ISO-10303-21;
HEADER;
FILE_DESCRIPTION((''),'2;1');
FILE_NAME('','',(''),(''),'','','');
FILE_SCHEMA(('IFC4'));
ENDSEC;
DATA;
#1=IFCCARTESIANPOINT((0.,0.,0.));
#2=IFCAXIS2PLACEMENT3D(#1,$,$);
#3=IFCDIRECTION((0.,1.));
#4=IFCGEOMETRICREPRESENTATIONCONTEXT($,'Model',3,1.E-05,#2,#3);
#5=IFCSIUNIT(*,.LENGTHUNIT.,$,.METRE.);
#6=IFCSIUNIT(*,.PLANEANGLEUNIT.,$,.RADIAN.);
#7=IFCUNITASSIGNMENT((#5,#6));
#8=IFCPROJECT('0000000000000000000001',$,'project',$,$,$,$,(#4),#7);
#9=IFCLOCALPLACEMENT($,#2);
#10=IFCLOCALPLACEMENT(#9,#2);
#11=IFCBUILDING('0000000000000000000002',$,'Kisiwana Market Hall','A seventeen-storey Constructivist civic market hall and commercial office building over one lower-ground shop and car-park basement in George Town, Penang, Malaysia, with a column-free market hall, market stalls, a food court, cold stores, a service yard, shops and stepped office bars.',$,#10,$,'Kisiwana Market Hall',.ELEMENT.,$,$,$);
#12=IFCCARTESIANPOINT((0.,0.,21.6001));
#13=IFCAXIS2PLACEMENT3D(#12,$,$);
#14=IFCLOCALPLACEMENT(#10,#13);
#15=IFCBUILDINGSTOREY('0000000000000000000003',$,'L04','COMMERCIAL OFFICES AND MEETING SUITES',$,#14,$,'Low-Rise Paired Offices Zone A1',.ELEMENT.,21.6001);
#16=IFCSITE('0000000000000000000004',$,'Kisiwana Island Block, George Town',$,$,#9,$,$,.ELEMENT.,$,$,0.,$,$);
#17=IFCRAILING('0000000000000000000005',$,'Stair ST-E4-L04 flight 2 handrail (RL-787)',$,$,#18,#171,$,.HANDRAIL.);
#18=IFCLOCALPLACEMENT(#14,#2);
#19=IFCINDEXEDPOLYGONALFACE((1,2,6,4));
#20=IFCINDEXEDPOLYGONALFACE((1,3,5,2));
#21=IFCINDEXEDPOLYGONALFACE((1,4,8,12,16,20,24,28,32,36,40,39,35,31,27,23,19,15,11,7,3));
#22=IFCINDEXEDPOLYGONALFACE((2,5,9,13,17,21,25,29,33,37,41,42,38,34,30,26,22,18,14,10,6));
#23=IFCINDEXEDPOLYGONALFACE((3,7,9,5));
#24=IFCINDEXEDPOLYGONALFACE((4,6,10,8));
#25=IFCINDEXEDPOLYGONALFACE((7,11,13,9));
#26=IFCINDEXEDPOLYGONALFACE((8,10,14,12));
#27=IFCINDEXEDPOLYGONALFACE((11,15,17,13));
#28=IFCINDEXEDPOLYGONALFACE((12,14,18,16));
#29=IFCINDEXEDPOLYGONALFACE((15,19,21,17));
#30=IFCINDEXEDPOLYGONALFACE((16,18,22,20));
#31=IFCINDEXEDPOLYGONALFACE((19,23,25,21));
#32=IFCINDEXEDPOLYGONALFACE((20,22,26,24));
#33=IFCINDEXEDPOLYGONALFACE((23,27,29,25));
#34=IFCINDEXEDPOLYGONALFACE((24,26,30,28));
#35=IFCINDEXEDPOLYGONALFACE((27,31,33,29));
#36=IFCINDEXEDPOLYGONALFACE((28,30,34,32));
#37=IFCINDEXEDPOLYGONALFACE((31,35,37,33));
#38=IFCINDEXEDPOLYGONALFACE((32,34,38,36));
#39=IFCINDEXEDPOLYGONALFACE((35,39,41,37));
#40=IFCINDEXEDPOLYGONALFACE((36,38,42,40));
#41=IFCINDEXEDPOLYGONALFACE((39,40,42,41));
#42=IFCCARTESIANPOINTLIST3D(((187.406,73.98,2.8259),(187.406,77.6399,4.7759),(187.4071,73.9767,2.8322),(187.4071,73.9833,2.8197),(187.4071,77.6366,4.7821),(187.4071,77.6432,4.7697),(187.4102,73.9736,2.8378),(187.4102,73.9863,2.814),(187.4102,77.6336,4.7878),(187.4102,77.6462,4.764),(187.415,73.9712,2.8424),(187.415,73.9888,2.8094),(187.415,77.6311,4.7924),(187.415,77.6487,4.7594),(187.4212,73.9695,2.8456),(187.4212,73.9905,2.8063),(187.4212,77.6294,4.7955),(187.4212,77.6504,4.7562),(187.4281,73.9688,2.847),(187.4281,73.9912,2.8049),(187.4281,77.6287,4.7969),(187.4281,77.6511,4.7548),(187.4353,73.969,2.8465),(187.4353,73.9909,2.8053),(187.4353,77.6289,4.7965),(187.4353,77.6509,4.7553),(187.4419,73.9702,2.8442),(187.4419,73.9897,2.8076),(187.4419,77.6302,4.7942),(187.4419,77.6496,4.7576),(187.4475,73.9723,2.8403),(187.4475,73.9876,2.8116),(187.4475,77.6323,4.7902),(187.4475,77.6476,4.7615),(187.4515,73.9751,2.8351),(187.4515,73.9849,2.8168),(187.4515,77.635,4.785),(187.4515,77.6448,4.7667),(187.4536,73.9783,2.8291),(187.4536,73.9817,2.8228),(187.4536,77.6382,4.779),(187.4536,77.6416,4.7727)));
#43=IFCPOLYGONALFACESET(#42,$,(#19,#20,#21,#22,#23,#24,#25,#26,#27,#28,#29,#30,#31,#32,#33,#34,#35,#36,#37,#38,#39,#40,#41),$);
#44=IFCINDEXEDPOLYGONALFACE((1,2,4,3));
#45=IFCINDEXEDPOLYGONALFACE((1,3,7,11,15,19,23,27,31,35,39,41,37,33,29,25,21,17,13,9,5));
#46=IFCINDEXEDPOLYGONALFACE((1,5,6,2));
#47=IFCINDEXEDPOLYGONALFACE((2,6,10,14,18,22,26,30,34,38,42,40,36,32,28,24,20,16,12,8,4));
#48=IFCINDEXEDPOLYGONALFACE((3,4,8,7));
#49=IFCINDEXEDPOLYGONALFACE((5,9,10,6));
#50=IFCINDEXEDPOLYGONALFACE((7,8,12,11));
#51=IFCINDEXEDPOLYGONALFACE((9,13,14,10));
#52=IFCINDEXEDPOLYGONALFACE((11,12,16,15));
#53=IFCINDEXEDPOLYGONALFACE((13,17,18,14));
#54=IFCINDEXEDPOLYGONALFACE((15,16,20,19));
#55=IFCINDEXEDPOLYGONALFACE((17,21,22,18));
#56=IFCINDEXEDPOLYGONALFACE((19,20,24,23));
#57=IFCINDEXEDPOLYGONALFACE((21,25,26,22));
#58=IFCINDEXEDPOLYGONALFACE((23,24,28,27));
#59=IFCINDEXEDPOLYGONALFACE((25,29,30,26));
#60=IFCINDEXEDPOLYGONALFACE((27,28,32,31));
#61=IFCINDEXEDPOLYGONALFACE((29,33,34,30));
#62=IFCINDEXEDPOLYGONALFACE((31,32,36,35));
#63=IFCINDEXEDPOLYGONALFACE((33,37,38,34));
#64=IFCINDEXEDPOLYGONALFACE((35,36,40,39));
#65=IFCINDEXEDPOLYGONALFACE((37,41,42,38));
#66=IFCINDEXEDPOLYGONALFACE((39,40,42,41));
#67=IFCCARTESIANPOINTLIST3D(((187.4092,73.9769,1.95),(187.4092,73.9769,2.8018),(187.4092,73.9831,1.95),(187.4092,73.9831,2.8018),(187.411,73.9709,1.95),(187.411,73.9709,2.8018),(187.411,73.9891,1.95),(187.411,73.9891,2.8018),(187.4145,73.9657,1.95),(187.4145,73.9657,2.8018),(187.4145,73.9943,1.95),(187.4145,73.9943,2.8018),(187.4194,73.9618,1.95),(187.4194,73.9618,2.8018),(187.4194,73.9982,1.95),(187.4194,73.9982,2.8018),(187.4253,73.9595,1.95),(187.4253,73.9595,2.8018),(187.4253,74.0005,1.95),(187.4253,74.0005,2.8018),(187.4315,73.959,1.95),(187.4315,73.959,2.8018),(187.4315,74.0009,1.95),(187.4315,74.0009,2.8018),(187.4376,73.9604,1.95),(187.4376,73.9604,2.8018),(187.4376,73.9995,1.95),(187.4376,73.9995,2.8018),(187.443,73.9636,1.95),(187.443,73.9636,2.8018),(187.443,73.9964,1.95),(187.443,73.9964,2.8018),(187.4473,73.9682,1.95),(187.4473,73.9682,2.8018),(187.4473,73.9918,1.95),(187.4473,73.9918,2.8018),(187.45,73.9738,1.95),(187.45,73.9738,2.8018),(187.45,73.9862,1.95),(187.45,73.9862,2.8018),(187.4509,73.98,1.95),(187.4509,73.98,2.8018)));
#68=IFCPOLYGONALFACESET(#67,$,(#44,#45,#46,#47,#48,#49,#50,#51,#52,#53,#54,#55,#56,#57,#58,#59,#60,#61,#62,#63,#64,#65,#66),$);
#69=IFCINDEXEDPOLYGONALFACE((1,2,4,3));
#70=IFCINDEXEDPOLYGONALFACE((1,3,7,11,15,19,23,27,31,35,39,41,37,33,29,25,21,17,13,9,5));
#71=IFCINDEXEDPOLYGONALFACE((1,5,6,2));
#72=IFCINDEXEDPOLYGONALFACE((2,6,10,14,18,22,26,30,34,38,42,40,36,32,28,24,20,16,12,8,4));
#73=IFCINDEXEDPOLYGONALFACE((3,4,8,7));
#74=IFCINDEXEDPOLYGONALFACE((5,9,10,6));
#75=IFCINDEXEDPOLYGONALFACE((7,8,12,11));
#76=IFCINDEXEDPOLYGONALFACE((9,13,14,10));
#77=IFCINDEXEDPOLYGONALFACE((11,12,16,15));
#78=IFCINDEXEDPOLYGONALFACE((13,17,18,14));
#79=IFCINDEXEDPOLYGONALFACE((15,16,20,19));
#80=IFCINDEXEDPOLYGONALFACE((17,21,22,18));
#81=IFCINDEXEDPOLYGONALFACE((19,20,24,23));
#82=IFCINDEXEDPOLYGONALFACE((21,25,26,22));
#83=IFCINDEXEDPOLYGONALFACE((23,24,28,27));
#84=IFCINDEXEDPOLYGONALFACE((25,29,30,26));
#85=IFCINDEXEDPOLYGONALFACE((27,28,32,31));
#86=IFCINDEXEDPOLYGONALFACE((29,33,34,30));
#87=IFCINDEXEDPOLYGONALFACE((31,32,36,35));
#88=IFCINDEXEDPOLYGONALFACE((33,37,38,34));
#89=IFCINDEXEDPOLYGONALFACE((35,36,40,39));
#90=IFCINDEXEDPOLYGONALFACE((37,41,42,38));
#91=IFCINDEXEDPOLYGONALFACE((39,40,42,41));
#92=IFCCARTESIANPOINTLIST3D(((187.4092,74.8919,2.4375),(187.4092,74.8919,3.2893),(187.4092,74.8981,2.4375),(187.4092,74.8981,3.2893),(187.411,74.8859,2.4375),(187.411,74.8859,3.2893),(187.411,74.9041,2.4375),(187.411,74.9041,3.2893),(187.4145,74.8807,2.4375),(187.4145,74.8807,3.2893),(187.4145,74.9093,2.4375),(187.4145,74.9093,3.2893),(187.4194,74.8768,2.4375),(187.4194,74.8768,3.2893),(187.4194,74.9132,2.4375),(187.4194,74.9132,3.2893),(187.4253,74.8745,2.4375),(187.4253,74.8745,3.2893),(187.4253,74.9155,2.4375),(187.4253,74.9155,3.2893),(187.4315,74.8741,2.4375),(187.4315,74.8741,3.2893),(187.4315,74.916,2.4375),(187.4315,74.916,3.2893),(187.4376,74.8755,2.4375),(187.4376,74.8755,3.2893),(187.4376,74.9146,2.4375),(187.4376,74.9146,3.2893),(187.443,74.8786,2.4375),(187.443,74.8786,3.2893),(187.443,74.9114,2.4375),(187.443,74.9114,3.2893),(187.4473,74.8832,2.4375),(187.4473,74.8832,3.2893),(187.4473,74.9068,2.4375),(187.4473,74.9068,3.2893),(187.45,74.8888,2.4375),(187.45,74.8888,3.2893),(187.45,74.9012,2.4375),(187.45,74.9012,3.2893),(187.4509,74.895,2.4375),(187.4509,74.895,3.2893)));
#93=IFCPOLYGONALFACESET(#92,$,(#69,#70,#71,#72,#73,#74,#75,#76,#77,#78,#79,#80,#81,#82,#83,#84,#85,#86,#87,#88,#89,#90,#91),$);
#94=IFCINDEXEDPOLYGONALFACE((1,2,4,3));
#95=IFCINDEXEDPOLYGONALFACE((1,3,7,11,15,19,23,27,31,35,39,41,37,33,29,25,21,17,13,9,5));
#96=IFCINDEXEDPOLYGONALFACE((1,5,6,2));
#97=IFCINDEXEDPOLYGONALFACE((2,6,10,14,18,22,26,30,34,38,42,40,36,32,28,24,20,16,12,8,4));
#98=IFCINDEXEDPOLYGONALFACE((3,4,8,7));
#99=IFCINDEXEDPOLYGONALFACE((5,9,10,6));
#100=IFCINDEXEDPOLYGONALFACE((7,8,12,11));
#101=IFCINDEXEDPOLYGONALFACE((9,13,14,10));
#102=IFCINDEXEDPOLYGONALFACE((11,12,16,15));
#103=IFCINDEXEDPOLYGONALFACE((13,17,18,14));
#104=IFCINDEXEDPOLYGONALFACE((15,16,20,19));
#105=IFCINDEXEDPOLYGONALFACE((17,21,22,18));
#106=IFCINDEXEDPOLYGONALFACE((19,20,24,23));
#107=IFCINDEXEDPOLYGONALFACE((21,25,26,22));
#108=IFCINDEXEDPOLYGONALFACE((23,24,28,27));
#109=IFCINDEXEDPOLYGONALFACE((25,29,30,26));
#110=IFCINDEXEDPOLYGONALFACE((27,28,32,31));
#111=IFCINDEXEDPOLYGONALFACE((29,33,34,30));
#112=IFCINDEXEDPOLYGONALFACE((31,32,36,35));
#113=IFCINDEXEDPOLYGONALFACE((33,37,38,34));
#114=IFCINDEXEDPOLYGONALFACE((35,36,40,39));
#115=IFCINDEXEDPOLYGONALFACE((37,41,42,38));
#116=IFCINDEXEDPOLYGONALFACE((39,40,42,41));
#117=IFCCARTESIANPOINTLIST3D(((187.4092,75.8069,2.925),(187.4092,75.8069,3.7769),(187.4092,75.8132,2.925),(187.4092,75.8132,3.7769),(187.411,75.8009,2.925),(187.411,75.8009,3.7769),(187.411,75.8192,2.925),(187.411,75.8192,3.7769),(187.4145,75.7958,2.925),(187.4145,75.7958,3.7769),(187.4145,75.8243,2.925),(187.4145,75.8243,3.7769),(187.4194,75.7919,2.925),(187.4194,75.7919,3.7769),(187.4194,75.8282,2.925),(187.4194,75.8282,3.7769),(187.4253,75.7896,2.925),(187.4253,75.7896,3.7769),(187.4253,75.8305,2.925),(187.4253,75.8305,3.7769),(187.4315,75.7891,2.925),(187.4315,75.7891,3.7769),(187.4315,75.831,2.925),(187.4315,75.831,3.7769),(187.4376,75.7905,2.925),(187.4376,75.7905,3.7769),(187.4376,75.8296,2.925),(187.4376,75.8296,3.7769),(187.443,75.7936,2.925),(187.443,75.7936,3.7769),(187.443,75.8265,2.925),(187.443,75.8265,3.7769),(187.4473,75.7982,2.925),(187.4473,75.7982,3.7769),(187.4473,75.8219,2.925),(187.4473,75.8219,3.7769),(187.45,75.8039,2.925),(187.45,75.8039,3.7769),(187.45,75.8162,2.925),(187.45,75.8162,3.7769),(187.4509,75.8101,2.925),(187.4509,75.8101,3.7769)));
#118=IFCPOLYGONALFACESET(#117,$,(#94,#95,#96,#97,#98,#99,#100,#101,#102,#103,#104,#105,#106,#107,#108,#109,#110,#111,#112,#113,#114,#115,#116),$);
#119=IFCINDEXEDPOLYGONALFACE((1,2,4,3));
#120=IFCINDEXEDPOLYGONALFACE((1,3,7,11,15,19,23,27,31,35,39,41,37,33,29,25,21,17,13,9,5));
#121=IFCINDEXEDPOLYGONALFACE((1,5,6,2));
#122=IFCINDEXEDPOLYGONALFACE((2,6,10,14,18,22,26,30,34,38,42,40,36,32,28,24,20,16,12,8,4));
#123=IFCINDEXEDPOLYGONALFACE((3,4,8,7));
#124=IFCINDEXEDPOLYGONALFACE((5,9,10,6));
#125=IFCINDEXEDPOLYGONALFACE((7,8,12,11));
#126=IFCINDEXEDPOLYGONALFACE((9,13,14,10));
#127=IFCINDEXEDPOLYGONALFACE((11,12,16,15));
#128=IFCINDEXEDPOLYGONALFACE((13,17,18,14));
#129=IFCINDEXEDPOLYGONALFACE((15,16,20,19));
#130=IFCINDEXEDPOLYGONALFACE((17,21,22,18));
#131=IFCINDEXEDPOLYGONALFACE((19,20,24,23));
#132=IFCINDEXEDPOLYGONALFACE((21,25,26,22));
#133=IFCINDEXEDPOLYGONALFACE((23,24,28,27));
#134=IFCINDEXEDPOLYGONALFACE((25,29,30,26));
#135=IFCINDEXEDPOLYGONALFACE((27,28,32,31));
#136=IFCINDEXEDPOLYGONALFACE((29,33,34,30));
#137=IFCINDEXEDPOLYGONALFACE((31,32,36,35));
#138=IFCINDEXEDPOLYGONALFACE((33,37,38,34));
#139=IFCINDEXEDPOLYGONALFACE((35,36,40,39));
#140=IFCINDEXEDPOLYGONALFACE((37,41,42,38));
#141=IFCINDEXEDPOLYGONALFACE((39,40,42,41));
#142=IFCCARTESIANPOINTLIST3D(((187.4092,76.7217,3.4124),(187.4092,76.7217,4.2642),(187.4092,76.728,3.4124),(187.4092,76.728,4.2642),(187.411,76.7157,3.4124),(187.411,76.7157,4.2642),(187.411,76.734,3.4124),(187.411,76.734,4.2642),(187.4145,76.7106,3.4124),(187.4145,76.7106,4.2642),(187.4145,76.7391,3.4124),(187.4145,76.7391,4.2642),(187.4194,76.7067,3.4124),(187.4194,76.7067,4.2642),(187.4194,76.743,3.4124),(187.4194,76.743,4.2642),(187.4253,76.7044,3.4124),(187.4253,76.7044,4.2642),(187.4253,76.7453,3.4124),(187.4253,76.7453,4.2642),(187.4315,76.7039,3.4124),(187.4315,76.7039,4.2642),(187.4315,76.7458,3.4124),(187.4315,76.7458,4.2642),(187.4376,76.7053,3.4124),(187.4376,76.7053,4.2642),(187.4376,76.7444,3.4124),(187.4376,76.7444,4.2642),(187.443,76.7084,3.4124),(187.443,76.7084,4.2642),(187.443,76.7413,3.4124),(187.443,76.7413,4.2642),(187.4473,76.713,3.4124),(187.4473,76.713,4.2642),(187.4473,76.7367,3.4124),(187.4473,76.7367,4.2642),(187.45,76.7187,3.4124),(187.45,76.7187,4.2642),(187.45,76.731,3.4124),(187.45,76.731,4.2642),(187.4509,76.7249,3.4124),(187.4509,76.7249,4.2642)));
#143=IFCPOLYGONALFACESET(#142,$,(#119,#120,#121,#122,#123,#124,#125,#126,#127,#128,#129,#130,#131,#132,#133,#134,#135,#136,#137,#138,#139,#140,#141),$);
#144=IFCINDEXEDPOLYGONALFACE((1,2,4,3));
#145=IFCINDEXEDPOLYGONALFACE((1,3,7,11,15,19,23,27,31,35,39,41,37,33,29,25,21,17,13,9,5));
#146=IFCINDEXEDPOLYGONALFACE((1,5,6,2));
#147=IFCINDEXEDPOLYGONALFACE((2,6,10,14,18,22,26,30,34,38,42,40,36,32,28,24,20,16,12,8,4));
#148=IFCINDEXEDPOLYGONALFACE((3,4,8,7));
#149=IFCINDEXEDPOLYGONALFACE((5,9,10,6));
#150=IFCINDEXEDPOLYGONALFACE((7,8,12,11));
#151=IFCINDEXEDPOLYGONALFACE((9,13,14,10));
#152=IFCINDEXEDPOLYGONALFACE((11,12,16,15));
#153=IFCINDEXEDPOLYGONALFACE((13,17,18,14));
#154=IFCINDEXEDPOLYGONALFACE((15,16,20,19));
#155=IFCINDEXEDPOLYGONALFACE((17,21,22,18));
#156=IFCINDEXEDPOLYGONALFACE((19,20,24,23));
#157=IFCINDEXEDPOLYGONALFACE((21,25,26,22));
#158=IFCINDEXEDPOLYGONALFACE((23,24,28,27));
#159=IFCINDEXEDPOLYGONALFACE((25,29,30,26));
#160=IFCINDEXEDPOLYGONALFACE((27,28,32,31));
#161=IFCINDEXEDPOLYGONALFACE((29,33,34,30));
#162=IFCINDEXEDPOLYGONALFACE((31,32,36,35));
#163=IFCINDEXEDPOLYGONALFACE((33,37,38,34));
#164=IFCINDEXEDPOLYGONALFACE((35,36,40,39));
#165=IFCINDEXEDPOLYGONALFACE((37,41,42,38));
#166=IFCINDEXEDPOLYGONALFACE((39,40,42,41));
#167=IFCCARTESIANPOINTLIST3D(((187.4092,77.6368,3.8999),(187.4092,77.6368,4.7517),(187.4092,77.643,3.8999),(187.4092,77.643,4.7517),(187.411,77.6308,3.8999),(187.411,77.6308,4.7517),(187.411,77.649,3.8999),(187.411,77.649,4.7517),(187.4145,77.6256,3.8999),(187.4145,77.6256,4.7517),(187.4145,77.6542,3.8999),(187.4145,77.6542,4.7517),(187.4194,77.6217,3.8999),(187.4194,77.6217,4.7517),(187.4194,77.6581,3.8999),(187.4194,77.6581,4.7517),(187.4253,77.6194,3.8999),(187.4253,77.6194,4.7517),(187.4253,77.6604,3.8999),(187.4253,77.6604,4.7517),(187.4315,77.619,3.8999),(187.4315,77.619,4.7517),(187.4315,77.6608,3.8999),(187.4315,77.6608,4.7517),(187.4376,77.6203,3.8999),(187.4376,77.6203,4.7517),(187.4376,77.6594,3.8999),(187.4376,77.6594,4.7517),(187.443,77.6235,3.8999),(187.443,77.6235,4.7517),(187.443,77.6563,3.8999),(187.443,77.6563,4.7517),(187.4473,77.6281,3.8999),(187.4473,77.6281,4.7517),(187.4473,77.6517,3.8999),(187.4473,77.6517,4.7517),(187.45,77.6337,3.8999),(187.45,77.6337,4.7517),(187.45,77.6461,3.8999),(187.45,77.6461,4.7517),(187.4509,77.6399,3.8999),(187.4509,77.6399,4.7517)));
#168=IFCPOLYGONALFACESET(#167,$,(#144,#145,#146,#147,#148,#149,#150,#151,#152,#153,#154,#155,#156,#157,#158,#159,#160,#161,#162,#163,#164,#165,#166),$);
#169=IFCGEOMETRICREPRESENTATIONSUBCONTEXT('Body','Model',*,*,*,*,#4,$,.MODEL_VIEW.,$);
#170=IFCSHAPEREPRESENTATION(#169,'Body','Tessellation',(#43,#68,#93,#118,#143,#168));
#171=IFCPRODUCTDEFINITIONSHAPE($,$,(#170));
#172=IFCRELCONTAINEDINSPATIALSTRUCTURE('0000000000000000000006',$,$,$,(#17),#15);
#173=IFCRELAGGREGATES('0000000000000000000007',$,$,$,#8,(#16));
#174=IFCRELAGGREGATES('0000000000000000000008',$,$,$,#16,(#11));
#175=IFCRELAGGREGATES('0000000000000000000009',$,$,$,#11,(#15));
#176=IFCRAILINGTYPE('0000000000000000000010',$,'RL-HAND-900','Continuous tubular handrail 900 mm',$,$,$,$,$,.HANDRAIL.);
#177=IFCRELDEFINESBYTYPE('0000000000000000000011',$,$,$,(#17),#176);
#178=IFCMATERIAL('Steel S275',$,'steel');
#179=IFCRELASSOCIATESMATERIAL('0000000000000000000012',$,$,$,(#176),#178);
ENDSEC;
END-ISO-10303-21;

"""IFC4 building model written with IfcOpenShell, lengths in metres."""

from ifc_helpers import new_model, si_unit, direction, frame, origin, origin_2d, place, context, subcontext, project, spatial, circle, extrude, material, type_object, element, save


model = new_model("IFC4")

# Units and contexts
model_context = context("Model", 3, precision=1e-05, world=origin(), true_north=direction((0.0, 1.0)))
body_context = subcontext(model_context, "Body", "Model", "MODEL_VIEW")
ifc_project = project(units=[si_unit("LENGTHUNIT", "METRE"), si_unit("PLANEANGLEUNIT", "RADIAN")], contexts=[model_context])

# Site, building, storey
site_placement = place(None, origin())
site = spatial("IfcSite", under=ifc_project, at=site_placement, Name="Kisiwana Island Block, George Town", CompositionType="ELEMENT", RefElevation=0.0)
building_placement = place(site_placement, origin())
building = spatial("IfcBuilding", under=site, at=building_placement, Name="Kisiwana Market Hall", Description="A seventeen-storey Constructivist civic market hall and commercial office building over one lower-ground shop and car-park basement in George Town, Penang, Malaysia, with a column-free market hall, market stalls, a food court, cold stores, a service yard, shops and stepped office bars.", LongName="Kisiwana Market Hall", CompositionType="ELEMENT")
storey_placement = place(building_placement, frame((0.0, 0.0, 21.6001)))
storey = spatial("IfcBuildingStorey", under=building, at=storey_placement, Name="L04", Description="COMMERCIAL OFFICES AND MEETING SUITES", LongName="Low-Rise Paired Offices Zone A1", CompositionType="ELEMENT", Elevation=21.6001)

# Railing
ifc_material_1 = material(Name="Steel S275", Category="steel")
railing_type = type_object("IfcRailingType", Name="RL-HAND-900", Description="Continuous tubular handrail 900 mm", PredefinedType="HANDRAIL", material=ifc_material_1)
for number, where, name in (
    (1, (187.4299, 73.98, 1.95), "Stair ST-E4-L04 flight 2 handrail (RL-787)"),
):
    element("IfcRailing", number, at=place(storey_placement, frame(where)), inside=storey, type_object=railing_type, Name=name, PredefinedType="HANDRAIL", context=body_context, shape_type="SweptSolid", body=[
        extrude(circle(Radius=0.0239, at=origin_2d()), frame((0.0, 0.0, 0.876), z_axis=(0.0, 0.882553, 0.470212), x_axis=(-1.0, 0.0, 0.0)), (0.0, 0.0, 1.0), 4.147),
        extrude(circle(Radius=0.021, at=origin_2d()), origin(), (0.0, 0.0, 1.0), 0.8518),
        extrude(circle(Radius=0.021, at=origin_2d()), frame((0.0, 0.915, 0.4875)), (0.0, 0.0, 1.0), 0.8518),
        extrude(circle(Radius=0.021, at=origin_2d()), frame((0.0, 1.8301, 0.9751)), (0.0, 0.0, 1.0), 0.8518),
        extrude(circle(Radius=0.021, at=origin_2d()), frame((0.0, 2.7449, 1.4624)), (0.0, 0.0, 1.0), 0.8518),
        extrude(circle(Radius=0.021, at=origin_2d()), frame((0.0, 3.6599, 1.95)), (0.0, 0.0, 1.0), 0.8518),
    ])

save(model, "model.ifc")
